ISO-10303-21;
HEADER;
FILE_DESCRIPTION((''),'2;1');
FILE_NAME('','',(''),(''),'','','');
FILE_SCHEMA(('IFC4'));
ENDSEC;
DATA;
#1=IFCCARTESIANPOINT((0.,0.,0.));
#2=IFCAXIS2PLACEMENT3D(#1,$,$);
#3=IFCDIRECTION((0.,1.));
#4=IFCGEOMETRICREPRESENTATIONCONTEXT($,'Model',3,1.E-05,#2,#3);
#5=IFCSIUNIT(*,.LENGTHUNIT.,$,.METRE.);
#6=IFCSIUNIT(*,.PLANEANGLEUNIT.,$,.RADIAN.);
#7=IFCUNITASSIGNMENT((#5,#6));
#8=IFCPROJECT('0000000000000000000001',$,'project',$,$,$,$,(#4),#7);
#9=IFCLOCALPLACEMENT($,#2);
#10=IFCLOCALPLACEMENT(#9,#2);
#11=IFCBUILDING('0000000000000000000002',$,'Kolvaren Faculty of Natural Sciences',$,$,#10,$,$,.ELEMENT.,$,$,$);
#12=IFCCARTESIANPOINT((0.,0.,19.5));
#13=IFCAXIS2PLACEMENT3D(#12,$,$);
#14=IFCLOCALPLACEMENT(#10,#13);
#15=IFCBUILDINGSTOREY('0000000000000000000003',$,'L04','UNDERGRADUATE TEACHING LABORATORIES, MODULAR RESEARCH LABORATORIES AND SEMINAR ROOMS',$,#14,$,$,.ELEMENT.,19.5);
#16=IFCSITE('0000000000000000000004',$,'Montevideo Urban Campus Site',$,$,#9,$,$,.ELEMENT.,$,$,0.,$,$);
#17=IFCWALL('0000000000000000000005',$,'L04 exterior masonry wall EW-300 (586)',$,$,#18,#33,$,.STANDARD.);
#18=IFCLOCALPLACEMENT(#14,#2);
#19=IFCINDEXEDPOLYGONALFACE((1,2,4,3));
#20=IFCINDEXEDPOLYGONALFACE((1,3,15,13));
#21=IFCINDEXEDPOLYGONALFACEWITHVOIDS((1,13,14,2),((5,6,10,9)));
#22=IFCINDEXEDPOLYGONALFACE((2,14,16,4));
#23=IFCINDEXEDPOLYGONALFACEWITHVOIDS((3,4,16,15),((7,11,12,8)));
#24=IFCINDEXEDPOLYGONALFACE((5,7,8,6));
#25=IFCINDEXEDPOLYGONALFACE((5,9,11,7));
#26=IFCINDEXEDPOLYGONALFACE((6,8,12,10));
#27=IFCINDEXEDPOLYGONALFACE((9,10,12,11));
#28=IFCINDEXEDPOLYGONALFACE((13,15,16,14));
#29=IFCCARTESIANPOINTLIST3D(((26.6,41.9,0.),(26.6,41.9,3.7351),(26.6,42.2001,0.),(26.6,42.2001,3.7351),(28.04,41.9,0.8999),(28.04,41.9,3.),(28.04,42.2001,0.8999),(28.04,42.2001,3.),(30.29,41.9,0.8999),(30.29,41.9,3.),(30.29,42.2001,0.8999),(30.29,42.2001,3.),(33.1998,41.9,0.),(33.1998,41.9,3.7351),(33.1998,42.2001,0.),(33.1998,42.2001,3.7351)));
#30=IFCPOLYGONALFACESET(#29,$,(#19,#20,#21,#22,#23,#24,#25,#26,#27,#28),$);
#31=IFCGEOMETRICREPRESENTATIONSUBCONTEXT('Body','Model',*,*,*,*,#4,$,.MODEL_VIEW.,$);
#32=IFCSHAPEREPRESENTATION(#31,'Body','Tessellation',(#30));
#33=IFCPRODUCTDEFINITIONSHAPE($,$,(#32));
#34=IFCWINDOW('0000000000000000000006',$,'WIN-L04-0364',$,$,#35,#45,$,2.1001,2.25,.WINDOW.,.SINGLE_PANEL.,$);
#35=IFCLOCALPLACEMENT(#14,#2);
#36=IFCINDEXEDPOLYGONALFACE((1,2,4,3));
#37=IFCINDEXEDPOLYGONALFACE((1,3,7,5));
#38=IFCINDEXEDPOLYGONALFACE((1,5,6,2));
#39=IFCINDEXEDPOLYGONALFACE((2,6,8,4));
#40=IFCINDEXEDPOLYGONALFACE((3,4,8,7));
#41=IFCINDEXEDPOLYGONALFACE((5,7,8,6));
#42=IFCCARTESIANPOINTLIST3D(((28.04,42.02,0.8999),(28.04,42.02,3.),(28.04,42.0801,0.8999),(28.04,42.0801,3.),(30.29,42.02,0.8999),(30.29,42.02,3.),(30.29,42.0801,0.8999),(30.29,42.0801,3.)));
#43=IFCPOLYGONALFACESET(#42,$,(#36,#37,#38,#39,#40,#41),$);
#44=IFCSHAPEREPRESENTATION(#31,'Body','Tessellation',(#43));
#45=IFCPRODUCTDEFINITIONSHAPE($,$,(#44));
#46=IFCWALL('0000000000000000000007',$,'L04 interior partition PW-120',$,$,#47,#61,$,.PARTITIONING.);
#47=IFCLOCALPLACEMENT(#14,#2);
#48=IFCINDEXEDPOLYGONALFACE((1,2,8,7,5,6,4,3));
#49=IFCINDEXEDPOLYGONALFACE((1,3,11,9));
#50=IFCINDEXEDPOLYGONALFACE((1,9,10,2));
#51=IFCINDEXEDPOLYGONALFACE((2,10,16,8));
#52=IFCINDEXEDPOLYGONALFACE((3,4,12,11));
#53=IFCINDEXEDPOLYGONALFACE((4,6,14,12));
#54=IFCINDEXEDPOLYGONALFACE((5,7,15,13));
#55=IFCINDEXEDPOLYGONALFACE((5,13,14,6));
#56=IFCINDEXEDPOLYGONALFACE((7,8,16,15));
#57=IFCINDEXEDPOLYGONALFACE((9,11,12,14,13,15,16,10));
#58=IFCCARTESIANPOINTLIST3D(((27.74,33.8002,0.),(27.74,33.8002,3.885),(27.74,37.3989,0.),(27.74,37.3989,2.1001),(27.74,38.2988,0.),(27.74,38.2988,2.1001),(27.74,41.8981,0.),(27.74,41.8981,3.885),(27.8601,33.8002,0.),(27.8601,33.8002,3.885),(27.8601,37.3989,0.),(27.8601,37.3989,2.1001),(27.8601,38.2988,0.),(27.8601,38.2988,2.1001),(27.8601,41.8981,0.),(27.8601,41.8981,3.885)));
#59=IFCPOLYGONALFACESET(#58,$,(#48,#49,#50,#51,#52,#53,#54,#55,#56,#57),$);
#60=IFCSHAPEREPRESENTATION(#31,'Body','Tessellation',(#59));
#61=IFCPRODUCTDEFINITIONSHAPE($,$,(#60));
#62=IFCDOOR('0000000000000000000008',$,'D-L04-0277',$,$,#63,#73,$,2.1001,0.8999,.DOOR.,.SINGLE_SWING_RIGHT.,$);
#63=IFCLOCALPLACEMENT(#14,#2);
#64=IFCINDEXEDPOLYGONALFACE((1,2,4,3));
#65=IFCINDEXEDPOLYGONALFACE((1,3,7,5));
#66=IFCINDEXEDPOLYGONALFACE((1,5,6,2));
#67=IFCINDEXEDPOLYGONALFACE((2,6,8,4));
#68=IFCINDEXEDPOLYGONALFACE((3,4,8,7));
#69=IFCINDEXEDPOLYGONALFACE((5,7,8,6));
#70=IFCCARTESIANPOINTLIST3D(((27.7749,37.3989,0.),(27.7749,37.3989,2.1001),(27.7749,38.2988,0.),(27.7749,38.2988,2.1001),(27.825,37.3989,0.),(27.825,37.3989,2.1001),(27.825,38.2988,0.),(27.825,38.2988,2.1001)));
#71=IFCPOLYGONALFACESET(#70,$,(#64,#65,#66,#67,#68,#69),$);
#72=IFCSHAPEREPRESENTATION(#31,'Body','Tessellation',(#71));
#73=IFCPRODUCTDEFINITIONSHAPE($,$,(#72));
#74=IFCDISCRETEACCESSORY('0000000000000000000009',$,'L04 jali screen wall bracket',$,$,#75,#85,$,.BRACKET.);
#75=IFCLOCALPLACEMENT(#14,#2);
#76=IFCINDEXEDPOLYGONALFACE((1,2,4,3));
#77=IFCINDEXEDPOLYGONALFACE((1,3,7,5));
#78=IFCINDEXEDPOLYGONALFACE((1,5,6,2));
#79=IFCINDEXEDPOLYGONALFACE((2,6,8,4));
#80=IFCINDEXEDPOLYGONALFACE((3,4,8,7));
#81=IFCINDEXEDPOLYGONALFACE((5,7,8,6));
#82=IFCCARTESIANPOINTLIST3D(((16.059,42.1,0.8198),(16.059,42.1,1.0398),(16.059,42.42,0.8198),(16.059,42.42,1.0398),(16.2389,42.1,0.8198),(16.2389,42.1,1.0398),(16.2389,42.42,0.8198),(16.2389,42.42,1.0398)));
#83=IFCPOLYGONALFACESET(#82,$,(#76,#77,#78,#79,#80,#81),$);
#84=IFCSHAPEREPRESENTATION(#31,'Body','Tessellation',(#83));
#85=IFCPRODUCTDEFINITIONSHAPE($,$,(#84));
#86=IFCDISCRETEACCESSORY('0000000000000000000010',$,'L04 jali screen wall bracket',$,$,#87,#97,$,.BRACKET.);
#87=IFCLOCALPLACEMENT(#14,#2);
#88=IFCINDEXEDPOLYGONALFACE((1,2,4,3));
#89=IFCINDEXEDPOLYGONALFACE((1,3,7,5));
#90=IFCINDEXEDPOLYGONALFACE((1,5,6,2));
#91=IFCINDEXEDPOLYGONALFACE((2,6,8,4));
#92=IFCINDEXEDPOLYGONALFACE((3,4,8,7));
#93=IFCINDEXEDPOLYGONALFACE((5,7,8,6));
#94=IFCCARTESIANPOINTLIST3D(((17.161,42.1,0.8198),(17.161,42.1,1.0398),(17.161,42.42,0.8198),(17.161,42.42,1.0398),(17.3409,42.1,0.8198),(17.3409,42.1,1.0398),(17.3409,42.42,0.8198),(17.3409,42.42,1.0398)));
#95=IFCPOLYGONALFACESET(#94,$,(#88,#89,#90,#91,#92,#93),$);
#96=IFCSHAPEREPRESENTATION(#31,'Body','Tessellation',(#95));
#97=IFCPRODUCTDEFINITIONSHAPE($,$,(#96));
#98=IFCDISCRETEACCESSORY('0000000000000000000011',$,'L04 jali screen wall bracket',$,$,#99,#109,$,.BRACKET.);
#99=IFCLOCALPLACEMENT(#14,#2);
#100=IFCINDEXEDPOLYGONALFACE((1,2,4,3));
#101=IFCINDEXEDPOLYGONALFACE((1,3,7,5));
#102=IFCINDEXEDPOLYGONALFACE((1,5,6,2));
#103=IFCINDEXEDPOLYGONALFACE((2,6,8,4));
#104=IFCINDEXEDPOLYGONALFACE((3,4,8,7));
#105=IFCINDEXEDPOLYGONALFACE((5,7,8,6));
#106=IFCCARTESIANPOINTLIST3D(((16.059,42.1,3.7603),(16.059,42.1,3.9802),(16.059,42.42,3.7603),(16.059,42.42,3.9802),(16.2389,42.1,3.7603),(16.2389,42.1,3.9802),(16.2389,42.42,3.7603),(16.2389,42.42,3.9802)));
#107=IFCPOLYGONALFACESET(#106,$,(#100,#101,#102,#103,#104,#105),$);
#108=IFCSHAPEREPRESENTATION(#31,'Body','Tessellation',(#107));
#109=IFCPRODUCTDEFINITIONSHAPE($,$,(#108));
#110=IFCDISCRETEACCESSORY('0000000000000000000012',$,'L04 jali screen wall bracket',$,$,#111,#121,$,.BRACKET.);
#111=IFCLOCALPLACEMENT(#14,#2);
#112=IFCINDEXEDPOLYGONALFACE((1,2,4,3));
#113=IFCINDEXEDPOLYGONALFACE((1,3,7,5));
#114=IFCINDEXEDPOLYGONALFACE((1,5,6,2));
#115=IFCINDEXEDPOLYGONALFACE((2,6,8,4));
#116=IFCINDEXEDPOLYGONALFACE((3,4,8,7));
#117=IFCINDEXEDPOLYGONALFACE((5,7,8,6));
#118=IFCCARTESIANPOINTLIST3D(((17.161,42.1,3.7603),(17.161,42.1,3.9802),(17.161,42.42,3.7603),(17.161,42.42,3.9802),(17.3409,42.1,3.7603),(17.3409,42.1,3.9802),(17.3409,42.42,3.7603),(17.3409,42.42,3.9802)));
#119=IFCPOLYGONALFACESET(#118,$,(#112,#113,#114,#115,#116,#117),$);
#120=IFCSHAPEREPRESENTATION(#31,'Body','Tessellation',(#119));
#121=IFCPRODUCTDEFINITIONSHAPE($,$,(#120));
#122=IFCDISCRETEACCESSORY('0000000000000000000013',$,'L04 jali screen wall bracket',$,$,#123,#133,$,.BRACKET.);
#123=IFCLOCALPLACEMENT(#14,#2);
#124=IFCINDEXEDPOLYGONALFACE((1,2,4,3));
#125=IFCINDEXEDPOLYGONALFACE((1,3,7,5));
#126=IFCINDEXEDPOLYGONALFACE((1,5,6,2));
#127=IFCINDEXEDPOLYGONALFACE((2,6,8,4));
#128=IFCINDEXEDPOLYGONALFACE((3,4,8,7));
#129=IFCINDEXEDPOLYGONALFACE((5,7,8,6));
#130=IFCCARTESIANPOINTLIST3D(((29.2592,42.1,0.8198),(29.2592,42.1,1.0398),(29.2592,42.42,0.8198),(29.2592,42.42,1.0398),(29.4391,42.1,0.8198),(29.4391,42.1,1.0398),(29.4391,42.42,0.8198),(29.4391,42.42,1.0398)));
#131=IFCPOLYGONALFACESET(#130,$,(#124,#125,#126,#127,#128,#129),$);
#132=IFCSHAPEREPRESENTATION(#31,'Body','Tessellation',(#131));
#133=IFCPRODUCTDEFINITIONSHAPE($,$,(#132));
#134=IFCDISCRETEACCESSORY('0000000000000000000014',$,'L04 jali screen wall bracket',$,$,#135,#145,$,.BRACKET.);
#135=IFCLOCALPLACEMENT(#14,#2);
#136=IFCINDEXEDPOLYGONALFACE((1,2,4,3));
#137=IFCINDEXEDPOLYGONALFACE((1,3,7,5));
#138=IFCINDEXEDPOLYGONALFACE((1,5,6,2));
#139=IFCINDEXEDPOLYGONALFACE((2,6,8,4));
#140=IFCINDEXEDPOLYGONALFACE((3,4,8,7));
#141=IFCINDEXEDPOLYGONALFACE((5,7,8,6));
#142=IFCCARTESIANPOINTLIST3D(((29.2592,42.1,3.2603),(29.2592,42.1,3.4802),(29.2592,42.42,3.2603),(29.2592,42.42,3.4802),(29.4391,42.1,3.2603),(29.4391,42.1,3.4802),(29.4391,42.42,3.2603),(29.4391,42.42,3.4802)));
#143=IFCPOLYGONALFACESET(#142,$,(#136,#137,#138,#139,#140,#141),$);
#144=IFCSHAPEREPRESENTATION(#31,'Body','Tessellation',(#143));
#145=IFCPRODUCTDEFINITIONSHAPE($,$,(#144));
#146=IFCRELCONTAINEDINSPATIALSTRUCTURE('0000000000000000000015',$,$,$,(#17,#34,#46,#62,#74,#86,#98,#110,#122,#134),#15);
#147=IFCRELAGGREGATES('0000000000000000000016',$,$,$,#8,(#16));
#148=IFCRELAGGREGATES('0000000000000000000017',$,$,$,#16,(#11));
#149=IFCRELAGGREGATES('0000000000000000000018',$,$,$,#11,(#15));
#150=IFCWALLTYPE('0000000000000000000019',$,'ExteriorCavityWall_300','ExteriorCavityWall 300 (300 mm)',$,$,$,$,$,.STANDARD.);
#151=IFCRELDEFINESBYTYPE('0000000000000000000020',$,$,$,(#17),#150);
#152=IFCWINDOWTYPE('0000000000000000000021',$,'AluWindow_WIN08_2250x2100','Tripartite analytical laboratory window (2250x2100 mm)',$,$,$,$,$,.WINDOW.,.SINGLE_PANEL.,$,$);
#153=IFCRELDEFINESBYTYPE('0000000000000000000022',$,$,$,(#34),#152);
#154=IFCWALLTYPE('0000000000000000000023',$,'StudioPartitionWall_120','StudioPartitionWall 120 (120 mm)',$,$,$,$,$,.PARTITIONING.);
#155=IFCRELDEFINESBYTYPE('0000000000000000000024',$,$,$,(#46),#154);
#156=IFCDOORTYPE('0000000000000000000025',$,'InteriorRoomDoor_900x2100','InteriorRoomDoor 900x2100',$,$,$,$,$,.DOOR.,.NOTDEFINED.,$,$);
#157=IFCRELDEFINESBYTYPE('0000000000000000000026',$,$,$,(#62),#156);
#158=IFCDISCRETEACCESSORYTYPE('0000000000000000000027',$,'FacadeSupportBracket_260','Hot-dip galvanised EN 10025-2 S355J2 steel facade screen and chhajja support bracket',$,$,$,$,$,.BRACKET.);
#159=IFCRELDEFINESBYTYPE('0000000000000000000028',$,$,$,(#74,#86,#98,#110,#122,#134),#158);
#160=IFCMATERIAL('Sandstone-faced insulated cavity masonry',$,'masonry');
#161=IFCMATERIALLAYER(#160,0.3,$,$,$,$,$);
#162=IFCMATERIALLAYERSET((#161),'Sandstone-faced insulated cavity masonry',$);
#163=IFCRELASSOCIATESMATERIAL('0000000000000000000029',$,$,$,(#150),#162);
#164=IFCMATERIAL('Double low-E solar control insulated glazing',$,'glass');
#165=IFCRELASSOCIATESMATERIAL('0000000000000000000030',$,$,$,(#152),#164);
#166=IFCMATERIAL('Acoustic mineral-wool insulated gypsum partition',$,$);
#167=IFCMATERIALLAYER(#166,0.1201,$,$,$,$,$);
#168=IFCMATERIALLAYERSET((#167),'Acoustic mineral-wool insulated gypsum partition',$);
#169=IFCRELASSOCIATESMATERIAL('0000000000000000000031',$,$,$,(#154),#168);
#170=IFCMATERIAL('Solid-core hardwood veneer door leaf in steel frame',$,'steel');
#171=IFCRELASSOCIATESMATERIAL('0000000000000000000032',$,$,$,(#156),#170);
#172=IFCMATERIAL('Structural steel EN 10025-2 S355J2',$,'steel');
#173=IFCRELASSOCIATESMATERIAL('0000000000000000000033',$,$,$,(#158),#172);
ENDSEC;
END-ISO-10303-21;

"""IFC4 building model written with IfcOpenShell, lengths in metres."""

from ifc_helpers import new_model, si_unit, direction, frame, frame_2d, origin, origin_2d, place, context, subcontext, project, spatial, rectangle, extrude, material, layer, layer_set, type_object, element, fill, save


model = new_model("IFC4")

# Units and contexts
model_context = context("Model", 3, precision=1e-05, world=origin(), true_north=direction((0.0, 1.0)))
body_context = subcontext(model_context, "Body", "Model", "MODEL_VIEW")
ifc_project = project(units=[si_unit("LENGTHUNIT", "METRE"), si_unit("PLANEANGLEUNIT", "RADIAN")], contexts=[model_context])

# Site, building, storey
site_placement = place(None, origin())
site = spatial("IfcSite", under=ifc_project, at=site_placement, Name="Montevideo Urban Campus Site", CompositionType="ELEMENT", RefElevation=0.0)
building_placement = place(site_placement, origin())
building = spatial("IfcBuilding", under=site, at=building_placement, Name="Kolvaren Faculty of Natural Sciences", CompositionType="ELEMENT")
storey_placement = place(building_placement, frame((0.0, 0.0, 19.5)))
storey = spatial("IfcBuildingStorey", under=building, at=storey_placement, Name="L04", Description="UNDERGRADUATE TEACHING LABORATORIES, MODULAR RESEARCH LABORATORIES AND SEMINAR ROOMS", CompositionType="ELEMENT", Elevation=19.5)

# Shared definitions
ifc_material_1 = material(Name="Sandstone-faced insulated cavity masonry", Category="masonry")
ifc_layer_1 = layer(ifc_material_1, 0.3)
ifc_layer_set_1 = layer_set([ifc_layer_1], Name="Sandstone-faced insulated cavity masonry")
wall_type_1 = type_object("IfcWallType", Name="ExteriorCavityWall_300", Description="ExteriorCavityWall 300 (300 mm)", PredefinedType="STANDARD", material=ifc_layer_set_1)
ifc_material_2 = material(Name="Double low-E solar control insulated glazing", Category="glass")

# Wall, opening, window
wall_1_placement = place(storey_placement, frame((26.6001, 42.05, 0.0), z_axis=(0.0, 0.0, 1.0), x_axis=(1.0, 0.0, 0.0)))
wall_1 = element("IfcWall", 1, at=wall_1_placement, inside=storey, type_object=wall_type_1, Name="L04 exterior masonry wall EW-300 (586)", PredefinedType="STANDARD", context=body_context, shape_type="SweptSolid", body=[
    extrude(rectangle(XDim=6.5999, YDim=0.3, at=frame_2d((3.2998, 0.0))), origin(), (0.0, 0.0, 1.0), 3.7351),
])
opening_1_placement = place(wall_1_placement, frame((1.4399, 0.0, 0.8999)))
opening_1 = element("IfcOpeningElement", 2, at=opening_1_placement, cuts=wall_1, PredefinedType="OPENING", context=body_context, shape_type="SweptSolid", body=[
    extrude(rectangle(XDim=2.25, YDim=2.1001, at=frame_2d((1.125, 1.05))), frame((0.0, 0.1599, 0.0), z_axis=(0.0, -1.0, 0.0), x_axis=(1.0, 0.0, 0.0)), (0.0, 0.0, 1.0), 0.3201),
])
window_type_1 = type_object("IfcWindowType", Name="AluWindow_WIN08_2250x2100", Description="Tripartite analytical laboratory window (2250x2100 mm)", PartitioningType="SINGLE_PANEL", PredefinedType="WINDOW", material=ifc_material_2)
window_1_placement = place(opening_1_placement, origin())
window_1 = element("IfcWindow", 3, at=window_1_placement, inside=storey, type_object=window_type_1, Name="WIN-L04-0364", OverallHeight=2.1001, OverallWidth=2.25, PartitioningType="SINGLE_PANEL", PredefinedType="WINDOW", context=body_context, shape_type="SweptSolid", body=[
    extrude(rectangle(XDim=2.25, YDim=2.1001, at=frame_2d((1.125, 1.05))), frame((0.0, 0.03, 0.0), z_axis=(0.0, -1.0, 0.0), x_axis=(1.0, 0.0, 0.0)), (0.0, 0.0, 1.0), 0.0601),
])
fill(opening_1, window_1)

# Wall, opening, door
ifc_material_3 = material(Name="Acoustic mineral-wool insulated gypsum partition")
ifc_layer_2 = layer(ifc_material_3, 0.1201)
ifc_layer_set_2 = layer_set([ifc_layer_2], Name="Acoustic mineral-wool insulated gypsum partition")
wall_type_2 = type_object("IfcWallType", Name="StudioPartitionWall_120", Description="StudioPartitionWall 120 (120 mm)", PredefinedType="PARTITIONING", material=ifc_layer_set_2)
wall_2_placement = place(storey_placement, frame((27.8, 41.8979, 0.0), z_axis=(0.0, 0.0, 1.0), x_axis=(0.0, -1.0, 0.0)))
wall_2 = element("IfcWall", 4, at=wall_2_placement, inside=storey, type_object=wall_type_2, Name="L04 interior partition PW-120", PredefinedType="PARTITIONING", context=body_context, shape_type="SweptSolid", body=[
    extrude(rectangle(XDim=8.0979, YDim=0.1201, at=frame_2d((4.0488, 0.0))), origin(), (0.0, 0.0, 1.0), 3.885),
])
opening_2_placement = place(wall_2_placement, frame((3.5991, 0.0, 0.0)))
opening_2 = element("IfcOpeningElement", 5, at=opening_2_placement, cuts=wall_2, PredefinedType="OPENING", context=body_context, shape_type="SweptSolid", body=[
    extrude(rectangle(XDim=0.8999, YDim=2.1001, at=frame_2d((0.45, 1.05))), frame((0.0, 0.0701, 0.0), z_axis=(0.0, -1.0, 0.0), x_axis=(1.0, 0.0, 0.0)), (0.0, 0.0, 1.0), 0.1401),
])
ifc_material_4 = material(Name="Solid-core hardwood veneer door leaf in steel frame", Category="steel")
door_type = type_object("IfcDoorType", Name="InteriorRoomDoor_900x2100", Description="InteriorRoomDoor 900x2100", OperationType="NOTDEFINED", PredefinedType="DOOR", material=ifc_material_4)
door_placement = place(opening_2_placement, origin())
door = element("IfcDoor", 6, at=door_placement, inside=storey, type_object=door_type, Name="D-L04-0277", OperationType="SINGLE_SWING_RIGHT", OverallHeight=2.1001, OverallWidth=0.8999, PredefinedType="DOOR", context=body_context, shape_type="SweptSolid", body=[
    extrude(rectangle(XDim=0.8999, YDim=2.1001, at=frame_2d((0.45, 1.05))), frame((0.0, 0.0249, 0.0), z_axis=(0.0, -1.0, 0.0), x_axis=(1.0, 0.0, 0.0)), (0.0, 0.0, 1.0), 0.05),
])
fill(opening_2, door)

# Discrete accessories
ifc_material_5 = material(Name="Structural steel EN 10025-2 S355J2", Category="steel")
discrete_accessory_type = type_object("IfcDiscreteAccessoryType", Name="FacadeSupportBracket_260", Description="Hot-dip galvanised EN 10025-2 S355J2 steel facade screen and chhajja support bracket", PredefinedType="BRACKET", material=ifc_material_5)
for number, where, z_axis, x_axis, name in (
    (7, (16.1489, 42.26, 0.8198), (0.0, 0.0, 1.0), (1.0, 0.0, 0.0), "L04 jali screen wall bracket"),
    (8, (17.251, 42.26, 0.8198), (0.0, 0.0, 1.0), (1.0, 0.0, 0.0), "L04 jali screen wall bracket"),
    (9, (16.1489, 42.26, 3.7603), (0.0, 0.0, 1.0), (1.0, 0.0, 0.0), "L04 jali screen wall bracket"),
    (10, (17.251, 42.26, 3.7603), (0.0, 0.0, 1.0), (1.0, 0.0, 0.0), "L04 jali screen wall bracket"),
    (11, (29.3491, 42.26, 0.8198), (0.0, 0.0, 1.0), (1.0, 0.0, 0.0), "L04 jali screen wall bracket"),
    (12, (29.3491, 42.26, 3.2603), (0.0, 0.0, 1.0), (1.0, 0.0, 0.0), "L04 jali screen wall bracket"),
):
    element("IfcDiscreteAccessory", number, at=place(storey_placement, frame(where, z_axis=z_axis, x_axis=x_axis)), inside=storey, type_object=discrete_accessory_type, Name=name, PredefinedType="BRACKET", context=body_context, shape_type="SweptSolid", body=[
        extrude(rectangle(XDim=0.1799, YDim=0.3201, at=origin_2d()), origin(), (0.0, 0.0, 1.0), 0.22),
    ])

save(model, "model.ifc")
